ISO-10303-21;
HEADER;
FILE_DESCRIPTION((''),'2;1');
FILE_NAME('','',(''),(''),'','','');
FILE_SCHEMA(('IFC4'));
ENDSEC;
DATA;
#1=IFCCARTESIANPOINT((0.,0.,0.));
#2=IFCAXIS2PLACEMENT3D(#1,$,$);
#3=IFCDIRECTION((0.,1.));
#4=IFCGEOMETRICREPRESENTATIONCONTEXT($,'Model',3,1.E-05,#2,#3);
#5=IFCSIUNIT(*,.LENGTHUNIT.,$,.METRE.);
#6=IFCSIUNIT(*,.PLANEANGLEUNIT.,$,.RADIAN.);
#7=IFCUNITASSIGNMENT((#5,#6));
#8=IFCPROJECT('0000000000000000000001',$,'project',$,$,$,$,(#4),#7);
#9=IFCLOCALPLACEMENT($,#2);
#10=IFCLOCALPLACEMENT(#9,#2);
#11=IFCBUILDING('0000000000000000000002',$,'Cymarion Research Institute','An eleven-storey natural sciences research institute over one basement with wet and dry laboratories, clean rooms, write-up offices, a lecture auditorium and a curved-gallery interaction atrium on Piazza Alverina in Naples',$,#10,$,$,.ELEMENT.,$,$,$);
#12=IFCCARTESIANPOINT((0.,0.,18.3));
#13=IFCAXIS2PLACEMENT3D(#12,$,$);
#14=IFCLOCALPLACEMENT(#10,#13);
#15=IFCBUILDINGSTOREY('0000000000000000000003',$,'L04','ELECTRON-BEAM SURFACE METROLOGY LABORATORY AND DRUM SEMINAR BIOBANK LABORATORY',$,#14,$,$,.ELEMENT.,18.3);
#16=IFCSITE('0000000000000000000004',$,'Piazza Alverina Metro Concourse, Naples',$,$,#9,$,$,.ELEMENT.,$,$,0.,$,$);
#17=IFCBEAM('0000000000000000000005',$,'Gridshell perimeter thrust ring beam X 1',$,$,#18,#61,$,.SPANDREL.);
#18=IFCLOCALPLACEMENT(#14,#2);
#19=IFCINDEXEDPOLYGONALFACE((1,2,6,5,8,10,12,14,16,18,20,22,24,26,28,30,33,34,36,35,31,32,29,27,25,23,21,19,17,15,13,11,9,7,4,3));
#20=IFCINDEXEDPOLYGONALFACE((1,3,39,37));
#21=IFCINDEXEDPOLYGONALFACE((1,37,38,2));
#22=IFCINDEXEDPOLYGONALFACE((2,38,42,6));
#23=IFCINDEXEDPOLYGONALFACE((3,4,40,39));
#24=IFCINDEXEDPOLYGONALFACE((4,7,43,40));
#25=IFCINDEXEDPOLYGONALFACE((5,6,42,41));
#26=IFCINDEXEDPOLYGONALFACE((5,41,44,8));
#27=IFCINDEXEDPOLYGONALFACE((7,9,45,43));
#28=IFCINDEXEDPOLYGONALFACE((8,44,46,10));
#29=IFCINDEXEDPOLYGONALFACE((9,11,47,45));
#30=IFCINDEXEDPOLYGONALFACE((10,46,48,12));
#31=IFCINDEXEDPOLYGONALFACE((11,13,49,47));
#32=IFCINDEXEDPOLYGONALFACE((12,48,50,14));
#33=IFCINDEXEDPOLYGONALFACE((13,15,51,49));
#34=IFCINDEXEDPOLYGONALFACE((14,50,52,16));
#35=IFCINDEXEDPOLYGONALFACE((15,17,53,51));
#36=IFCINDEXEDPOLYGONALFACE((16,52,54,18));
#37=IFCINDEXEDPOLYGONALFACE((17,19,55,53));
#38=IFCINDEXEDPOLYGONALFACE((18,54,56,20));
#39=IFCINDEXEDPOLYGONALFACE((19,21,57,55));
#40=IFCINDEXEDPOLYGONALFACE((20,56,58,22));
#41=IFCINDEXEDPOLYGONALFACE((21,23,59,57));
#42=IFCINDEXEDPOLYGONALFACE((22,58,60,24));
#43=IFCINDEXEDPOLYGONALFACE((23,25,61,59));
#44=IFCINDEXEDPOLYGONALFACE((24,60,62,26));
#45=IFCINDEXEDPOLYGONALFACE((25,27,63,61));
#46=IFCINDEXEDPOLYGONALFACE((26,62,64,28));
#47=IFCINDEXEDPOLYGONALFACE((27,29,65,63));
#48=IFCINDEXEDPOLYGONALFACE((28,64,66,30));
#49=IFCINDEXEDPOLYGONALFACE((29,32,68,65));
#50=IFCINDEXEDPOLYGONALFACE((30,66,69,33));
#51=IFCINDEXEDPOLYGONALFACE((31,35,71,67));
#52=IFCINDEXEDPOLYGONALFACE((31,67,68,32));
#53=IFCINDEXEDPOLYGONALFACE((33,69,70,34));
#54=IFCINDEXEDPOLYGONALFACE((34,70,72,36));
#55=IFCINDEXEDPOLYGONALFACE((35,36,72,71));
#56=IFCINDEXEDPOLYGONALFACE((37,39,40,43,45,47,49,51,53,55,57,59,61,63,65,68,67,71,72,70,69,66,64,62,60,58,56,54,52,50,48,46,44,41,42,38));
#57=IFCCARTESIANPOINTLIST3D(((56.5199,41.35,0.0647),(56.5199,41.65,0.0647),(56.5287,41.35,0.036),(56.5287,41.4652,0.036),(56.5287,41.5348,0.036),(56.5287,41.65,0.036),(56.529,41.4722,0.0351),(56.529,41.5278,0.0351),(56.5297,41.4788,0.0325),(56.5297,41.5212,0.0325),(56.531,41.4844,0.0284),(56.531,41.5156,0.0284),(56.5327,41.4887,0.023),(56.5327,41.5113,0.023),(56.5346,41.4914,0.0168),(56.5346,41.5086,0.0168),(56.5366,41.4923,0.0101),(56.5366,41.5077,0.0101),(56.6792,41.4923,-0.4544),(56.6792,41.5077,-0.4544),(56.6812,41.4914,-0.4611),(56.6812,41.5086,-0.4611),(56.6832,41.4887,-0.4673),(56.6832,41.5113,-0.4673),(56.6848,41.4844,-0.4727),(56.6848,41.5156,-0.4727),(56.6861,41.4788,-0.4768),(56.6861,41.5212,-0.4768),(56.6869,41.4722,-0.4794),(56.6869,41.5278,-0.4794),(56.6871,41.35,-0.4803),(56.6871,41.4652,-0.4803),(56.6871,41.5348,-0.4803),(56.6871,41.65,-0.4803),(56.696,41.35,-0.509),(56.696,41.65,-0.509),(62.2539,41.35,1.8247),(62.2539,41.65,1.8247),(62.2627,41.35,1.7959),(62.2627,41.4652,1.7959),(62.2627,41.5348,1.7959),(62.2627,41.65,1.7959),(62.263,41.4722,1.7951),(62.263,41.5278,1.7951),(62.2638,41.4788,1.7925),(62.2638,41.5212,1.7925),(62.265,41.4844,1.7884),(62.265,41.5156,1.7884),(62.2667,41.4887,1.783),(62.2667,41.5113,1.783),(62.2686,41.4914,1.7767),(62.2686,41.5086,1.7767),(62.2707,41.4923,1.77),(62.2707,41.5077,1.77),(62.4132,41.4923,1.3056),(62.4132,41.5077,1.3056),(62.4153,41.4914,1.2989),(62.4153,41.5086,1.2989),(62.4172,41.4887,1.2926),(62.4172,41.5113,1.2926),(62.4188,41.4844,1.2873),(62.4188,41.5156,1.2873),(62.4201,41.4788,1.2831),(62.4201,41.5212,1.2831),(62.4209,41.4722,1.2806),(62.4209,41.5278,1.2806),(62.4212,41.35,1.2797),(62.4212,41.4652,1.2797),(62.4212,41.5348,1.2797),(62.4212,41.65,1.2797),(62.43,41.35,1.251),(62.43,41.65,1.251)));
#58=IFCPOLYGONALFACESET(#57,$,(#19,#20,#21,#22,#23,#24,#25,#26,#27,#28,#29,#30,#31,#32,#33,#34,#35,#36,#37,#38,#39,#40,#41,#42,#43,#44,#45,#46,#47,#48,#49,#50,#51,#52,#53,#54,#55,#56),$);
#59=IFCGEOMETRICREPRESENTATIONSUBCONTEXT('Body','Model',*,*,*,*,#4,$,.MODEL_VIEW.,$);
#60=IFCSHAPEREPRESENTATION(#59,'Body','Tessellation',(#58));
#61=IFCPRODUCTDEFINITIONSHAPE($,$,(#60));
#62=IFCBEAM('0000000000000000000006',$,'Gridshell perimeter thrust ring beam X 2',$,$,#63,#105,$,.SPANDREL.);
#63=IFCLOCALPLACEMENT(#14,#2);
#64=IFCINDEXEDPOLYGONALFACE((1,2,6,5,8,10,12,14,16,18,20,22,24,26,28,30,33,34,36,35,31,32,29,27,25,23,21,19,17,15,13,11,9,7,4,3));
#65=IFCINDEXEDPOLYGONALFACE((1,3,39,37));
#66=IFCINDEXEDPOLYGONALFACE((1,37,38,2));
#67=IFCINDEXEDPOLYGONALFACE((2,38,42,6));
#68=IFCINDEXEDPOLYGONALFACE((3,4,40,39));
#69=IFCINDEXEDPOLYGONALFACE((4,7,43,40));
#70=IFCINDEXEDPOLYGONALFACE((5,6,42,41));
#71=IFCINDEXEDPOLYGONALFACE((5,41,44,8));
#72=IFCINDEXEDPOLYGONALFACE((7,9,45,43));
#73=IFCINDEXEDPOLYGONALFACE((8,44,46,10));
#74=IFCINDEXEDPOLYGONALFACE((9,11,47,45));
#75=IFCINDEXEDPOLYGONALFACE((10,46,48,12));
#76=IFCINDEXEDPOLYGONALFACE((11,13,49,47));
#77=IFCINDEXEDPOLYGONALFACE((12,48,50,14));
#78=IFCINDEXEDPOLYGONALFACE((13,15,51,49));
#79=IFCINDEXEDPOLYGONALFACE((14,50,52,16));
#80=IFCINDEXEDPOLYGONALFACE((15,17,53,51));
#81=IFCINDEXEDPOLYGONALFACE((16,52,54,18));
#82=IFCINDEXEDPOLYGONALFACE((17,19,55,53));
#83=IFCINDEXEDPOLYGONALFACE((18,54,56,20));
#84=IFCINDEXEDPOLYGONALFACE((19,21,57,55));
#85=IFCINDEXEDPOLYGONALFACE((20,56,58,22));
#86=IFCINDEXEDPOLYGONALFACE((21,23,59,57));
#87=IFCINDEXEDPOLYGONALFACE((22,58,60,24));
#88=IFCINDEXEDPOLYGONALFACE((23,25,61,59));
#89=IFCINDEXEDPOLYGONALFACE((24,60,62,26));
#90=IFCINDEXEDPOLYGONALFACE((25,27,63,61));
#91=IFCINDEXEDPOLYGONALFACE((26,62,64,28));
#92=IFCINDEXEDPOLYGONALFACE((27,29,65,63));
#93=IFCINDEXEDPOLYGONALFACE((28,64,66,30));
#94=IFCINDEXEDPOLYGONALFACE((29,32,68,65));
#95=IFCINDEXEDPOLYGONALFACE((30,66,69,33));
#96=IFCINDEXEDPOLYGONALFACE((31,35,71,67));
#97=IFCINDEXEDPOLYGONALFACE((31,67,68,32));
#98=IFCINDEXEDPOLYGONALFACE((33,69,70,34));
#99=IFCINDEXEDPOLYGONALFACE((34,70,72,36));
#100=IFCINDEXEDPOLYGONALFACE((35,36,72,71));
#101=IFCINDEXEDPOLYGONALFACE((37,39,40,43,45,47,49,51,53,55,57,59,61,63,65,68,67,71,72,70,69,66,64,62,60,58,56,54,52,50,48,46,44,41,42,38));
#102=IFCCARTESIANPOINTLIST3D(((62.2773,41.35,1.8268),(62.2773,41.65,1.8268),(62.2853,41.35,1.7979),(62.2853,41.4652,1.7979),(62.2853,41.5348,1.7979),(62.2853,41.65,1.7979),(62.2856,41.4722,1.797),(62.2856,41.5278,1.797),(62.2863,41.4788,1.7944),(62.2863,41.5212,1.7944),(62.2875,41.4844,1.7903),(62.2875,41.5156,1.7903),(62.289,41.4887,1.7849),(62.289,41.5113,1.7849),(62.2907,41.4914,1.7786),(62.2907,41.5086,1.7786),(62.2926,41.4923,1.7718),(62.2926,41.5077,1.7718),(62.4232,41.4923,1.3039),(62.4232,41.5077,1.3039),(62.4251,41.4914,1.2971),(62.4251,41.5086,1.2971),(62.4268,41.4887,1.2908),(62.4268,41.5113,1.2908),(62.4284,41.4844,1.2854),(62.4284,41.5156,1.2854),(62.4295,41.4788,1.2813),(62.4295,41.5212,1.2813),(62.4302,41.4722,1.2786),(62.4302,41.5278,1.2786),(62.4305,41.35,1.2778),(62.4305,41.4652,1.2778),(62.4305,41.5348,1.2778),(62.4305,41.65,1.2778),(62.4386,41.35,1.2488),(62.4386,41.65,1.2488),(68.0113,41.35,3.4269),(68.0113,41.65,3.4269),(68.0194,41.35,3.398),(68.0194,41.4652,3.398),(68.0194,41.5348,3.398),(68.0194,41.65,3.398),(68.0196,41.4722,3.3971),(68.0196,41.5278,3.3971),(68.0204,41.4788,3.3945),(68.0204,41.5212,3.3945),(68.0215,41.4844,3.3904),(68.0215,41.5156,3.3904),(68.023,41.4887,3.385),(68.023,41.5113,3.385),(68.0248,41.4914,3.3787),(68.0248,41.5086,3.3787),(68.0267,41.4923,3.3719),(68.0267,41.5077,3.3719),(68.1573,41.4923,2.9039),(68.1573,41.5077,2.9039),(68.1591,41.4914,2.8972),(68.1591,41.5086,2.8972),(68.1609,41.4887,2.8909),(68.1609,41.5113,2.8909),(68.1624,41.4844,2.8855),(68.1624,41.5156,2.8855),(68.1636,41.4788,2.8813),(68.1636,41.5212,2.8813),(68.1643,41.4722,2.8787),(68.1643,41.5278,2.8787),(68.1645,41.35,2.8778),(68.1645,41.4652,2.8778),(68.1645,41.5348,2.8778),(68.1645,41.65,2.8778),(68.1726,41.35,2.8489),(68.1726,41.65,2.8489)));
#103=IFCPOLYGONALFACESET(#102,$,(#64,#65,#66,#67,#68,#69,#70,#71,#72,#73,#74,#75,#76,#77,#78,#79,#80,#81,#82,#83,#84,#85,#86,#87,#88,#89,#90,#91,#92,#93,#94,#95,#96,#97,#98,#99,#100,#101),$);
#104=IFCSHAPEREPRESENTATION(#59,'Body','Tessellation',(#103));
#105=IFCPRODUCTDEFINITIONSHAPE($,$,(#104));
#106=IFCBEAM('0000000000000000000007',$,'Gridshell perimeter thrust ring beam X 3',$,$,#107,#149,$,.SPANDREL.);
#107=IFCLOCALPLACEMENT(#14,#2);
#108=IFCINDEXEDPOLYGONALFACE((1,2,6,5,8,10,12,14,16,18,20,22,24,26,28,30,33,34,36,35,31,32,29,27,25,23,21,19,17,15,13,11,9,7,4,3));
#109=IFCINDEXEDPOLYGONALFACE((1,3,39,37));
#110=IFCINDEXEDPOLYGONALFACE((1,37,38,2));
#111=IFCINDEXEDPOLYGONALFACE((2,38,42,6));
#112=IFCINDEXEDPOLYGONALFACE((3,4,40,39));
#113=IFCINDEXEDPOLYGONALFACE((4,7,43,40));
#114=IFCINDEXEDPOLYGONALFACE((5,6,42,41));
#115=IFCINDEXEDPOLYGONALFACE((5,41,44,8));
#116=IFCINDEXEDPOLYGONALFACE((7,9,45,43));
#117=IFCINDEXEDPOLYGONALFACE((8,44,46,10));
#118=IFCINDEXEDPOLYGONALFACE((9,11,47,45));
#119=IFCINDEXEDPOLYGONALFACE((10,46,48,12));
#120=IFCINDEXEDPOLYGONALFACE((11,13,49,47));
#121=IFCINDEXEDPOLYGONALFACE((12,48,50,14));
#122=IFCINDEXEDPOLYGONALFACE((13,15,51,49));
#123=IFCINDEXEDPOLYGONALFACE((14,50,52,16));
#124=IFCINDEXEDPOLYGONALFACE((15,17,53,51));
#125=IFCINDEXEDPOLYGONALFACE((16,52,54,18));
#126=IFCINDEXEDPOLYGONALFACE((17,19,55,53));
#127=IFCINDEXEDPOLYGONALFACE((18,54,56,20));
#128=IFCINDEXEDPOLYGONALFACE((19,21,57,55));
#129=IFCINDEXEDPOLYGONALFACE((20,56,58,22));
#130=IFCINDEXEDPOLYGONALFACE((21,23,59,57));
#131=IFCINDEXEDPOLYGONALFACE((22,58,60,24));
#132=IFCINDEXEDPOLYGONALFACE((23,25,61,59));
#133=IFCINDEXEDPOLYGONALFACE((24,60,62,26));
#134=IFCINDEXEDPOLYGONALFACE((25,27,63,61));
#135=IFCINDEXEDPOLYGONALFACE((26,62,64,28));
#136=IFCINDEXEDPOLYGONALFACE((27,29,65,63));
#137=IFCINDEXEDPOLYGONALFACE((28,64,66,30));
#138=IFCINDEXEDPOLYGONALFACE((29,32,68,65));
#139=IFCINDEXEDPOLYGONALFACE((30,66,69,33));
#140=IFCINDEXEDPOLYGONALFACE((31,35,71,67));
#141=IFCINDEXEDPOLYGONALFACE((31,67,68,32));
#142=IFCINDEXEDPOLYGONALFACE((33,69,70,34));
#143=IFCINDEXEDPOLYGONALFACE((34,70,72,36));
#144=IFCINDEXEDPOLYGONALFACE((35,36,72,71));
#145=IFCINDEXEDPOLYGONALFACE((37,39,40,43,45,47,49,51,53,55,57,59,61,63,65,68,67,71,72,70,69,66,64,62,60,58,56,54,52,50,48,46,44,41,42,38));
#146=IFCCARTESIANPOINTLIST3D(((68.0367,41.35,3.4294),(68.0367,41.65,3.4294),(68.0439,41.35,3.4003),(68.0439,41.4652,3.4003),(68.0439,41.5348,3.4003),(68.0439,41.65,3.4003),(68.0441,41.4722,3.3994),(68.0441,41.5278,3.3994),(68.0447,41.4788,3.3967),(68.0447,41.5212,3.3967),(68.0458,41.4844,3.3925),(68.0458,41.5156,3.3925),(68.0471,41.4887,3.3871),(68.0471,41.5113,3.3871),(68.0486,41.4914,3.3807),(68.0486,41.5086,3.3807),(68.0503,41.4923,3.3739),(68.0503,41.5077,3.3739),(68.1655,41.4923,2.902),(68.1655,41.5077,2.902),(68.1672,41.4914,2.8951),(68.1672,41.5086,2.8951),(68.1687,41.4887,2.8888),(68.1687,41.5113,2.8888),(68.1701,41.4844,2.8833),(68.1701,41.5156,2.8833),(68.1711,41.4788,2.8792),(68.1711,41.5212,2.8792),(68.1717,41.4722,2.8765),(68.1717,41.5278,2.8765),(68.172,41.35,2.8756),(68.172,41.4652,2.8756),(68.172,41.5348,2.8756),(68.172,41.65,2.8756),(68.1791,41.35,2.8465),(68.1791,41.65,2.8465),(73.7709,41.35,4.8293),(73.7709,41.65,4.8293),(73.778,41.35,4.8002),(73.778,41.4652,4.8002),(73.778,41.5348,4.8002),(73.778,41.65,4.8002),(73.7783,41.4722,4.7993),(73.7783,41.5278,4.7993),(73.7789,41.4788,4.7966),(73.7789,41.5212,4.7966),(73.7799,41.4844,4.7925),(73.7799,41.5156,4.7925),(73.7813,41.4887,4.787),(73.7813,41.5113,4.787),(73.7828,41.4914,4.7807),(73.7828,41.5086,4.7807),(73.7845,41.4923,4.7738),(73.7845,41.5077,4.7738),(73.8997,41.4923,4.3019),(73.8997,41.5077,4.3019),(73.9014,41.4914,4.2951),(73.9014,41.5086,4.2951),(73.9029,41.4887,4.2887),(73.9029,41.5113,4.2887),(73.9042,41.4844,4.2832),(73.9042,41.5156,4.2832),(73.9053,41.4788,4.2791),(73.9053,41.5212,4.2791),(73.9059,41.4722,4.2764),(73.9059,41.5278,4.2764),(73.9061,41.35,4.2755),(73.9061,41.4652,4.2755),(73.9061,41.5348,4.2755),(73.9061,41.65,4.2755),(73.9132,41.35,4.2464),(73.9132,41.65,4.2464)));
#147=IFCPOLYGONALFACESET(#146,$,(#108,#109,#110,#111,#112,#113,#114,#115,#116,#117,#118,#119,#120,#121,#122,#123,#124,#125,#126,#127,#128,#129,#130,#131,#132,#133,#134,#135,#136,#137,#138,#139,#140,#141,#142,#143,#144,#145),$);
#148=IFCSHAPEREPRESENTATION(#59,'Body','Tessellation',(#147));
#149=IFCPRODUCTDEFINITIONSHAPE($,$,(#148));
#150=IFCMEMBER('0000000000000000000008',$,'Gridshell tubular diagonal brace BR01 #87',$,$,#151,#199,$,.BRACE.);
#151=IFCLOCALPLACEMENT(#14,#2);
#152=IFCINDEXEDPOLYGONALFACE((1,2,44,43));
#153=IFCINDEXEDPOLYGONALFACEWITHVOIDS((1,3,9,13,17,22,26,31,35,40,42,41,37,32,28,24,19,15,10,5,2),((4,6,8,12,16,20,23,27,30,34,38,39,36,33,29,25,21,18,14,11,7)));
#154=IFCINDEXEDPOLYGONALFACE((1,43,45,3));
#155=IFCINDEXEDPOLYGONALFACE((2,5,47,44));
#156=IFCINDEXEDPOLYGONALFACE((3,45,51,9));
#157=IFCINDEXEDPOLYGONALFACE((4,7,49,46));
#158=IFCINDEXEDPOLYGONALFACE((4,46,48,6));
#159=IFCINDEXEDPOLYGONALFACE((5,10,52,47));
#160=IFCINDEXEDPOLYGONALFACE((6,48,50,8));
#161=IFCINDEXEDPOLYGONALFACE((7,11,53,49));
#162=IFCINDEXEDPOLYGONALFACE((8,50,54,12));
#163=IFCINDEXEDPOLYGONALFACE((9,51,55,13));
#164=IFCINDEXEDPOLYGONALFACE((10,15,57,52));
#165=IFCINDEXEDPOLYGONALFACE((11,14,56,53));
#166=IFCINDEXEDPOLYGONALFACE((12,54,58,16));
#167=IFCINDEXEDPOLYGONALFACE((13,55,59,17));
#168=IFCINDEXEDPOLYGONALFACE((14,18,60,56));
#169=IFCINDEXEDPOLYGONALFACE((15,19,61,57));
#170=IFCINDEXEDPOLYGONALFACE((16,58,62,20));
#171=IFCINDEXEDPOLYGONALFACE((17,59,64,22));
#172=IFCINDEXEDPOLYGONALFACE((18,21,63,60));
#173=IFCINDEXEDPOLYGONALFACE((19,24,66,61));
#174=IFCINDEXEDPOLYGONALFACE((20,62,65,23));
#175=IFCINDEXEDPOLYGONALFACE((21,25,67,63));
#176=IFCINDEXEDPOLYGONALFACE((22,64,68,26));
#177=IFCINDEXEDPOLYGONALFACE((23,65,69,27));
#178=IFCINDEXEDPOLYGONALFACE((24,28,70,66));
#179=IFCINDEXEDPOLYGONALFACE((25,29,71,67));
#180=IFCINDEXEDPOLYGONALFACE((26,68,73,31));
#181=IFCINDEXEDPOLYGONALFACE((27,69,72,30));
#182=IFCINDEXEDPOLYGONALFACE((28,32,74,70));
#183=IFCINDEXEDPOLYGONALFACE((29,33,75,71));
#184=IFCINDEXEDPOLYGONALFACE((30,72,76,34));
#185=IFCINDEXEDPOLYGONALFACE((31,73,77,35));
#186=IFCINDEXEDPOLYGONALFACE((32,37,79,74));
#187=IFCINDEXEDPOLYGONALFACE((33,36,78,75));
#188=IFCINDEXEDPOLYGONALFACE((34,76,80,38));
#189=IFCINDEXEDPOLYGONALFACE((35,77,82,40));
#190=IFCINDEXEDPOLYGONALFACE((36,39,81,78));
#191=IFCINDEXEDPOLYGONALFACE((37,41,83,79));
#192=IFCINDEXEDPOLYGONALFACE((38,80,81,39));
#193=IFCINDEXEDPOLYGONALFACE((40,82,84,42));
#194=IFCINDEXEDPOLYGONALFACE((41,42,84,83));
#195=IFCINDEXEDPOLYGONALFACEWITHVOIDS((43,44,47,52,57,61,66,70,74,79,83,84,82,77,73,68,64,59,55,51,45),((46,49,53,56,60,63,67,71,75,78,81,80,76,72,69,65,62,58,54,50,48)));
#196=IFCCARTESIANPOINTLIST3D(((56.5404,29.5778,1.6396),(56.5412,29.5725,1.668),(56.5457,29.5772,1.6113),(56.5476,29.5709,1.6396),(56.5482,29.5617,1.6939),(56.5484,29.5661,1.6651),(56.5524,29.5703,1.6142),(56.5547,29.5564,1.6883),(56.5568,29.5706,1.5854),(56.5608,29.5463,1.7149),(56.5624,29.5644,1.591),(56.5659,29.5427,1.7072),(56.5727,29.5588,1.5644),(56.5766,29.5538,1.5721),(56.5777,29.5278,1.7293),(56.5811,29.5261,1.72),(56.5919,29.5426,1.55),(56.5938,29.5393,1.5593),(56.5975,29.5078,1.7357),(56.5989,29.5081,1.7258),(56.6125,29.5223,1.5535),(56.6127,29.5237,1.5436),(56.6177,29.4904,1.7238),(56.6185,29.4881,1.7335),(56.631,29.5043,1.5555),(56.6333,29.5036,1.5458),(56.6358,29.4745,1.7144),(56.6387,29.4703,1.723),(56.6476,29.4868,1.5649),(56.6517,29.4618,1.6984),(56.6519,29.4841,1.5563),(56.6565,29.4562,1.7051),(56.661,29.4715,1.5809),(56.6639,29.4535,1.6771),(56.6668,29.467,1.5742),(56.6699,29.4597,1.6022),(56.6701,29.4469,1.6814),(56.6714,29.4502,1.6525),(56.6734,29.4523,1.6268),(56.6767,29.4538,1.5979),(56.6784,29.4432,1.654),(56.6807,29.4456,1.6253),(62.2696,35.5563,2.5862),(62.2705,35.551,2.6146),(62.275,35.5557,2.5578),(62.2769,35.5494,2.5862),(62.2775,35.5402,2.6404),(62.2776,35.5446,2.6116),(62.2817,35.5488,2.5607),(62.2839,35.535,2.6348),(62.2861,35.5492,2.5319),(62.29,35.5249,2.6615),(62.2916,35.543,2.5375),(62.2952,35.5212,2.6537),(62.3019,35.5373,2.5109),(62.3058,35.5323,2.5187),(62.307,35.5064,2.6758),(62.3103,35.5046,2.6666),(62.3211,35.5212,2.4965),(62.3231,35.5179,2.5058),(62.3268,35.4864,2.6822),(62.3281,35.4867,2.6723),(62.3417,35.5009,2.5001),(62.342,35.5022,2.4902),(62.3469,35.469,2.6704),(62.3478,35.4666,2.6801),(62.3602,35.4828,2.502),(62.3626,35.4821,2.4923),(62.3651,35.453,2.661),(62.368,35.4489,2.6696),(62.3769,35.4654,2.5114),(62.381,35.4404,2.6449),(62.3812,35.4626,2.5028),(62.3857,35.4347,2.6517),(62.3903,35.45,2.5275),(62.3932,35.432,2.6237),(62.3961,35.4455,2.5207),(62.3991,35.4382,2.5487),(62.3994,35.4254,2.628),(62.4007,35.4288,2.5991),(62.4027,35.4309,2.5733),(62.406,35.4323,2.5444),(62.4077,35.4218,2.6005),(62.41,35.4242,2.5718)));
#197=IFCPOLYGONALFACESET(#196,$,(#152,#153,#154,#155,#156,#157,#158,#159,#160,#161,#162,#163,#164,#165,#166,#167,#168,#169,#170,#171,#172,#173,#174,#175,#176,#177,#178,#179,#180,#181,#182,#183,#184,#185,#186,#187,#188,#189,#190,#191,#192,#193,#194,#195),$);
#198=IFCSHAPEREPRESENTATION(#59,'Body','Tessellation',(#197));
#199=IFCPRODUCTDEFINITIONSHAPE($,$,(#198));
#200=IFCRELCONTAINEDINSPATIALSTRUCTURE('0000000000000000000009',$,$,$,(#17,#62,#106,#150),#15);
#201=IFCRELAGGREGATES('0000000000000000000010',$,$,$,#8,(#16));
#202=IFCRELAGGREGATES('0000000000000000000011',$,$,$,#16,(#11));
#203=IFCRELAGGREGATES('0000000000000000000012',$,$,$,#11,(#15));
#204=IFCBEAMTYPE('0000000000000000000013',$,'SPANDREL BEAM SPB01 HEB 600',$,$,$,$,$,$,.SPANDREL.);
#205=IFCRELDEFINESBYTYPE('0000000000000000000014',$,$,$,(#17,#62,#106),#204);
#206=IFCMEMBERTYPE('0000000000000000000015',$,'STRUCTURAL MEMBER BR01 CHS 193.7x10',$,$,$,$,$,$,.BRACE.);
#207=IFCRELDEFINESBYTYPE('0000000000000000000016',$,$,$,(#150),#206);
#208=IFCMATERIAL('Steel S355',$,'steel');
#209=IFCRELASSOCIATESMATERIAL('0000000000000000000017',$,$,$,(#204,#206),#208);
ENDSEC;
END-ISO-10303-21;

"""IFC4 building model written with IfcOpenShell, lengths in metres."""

from ifc_helpers import new_model, si_unit, direction, frame, origin, origin_2d, place, context, subcontext, project, spatial, hollow_circle, i_section, extrude, material, material_profile, profile_set, type_object, element, save


model = new_model("IFC4")

# Units and contexts
model_context = context("Model", 3, precision=1e-05, world=origin(), true_north=direction((0.0, 1.0)))
body_context = subcontext(model_context, "Body", "Model", "MODEL_VIEW")
ifc_project = project(units=[si_unit("LENGTHUNIT", "METRE"), si_unit("PLANEANGLEUNIT", "RADIAN")], contexts=[model_context])

# Site, building, storey
site_placement = place(None, origin())
site = spatial("IfcSite", under=ifc_project, at=site_placement, Name="Piazza Alverina Metro Concourse, Naples", CompositionType="ELEMENT", RefElevation=0.0)
building_placement = place(site_placement, origin())
building = spatial("IfcBuilding", under=site, at=building_placement, Name="Cymarion Research Institute", Description="An eleven-storey natural sciences research institute over one basement with wet and dry laboratories, clean rooms, write-up offices, a lecture auditorium and a curved-gallery interaction atrium on Piazza Alverina in Naples", CompositionType="ELEMENT")
storey_placement = place(building_placement, frame((0.0, 0.0, 18.3)))
storey = spatial("IfcBuildingStorey", under=building, at=storey_placement, Name="L04", Description="ELECTRON-BEAM SURFACE METROLOGY LABORATORY AND DRUM SEMINAR BIOBANK LABORATORY", CompositionType="ELEMENT", Elevation=18.3)

# Beams
ifc_material_1 = material(Name="Steel S355", Category="steel")
ifc_material_profile_1 = material_profile(ifc_material_1, i_section(OverallWidth=0.3, OverallDepth=0.6001, WebThickness=0.0154, FlangeThickness=0.03, FilletRadius=0.0271, at=origin_2d()), Name="HEB 600")
ifc_profile_set_1 = profile_set([ifc_material_profile_1], Name="Steel S355")
beam_type = type_object("IfcBeamType", Name="SPANDREL BEAM SPB01 HEB 600", PredefinedType="SPANDREL", material=ifc_profile_set_1)
beam_1_placement = place(storey_placement, frame((56.6079, 41.5, -0.2222), z_axis=(0.955982, 0.0, 0.293425), x_axis=(0.0, 1.0, 0.0)))
element("IfcBeam", 1, at=beam_1_placement, inside=storey, type_object=beam_type, Name="Gridshell perimeter thrust ring beam X 1", PredefinedType="SPANDREL", context=body_context, shape_type="SweptSolid", body=[
    extrude(i_section(OverallWidth=0.3, OverallDepth=0.6001, WebThickness=0.0154, FlangeThickness=0.03, FilletRadius=0.0271, at=origin_2d()), origin(), (0.0, 0.0, 1.0), 5.998),
])
beam_2_placement = place(storey_placement, frame((62.3579, 41.5, 1.5378), z_axis=(0.963202, 0.0, 0.26878), x_axis=(0.0, 1.0, 0.0)))
element("IfcBeam", 2, at=beam_2_placement, inside=storey, type_object=beam_type, Name="Gridshell perimeter thrust ring beam X 2", PredefinedType="SPANDREL", context=body_context, shape_type="SweptSolid", body=[
    extrude(i_section(OverallWidth=0.3, OverallDepth=0.6001, WebThickness=0.0154, FlangeThickness=0.03, FilletRadius=0.0271, at=origin_2d()), origin(), (0.0, 0.0, 1.0), 5.9531),
])
beam_3_placement = place(storey_placement, frame((68.1079, 41.5, 3.1379), z_axis=(0.971468, 0.0, 0.237169), x_axis=(0.0, 1.0, 0.0)))
element("IfcBeam", 3, at=beam_3_placement, inside=storey, type_object=beam_type, Name="Gridshell perimeter thrust ring beam X 3", PredefinedType="SPANDREL", context=body_context, shape_type="SweptSolid", body=[
    extrude(i_section(OverallWidth=0.3, OverallDepth=0.6001, WebThickness=0.0154, FlangeThickness=0.03, FilletRadius=0.0271, at=origin_2d()), origin(), (0.0, 0.0, 1.0), 5.9026),
])

# Member
ifc_material_profile_2 = material_profile(ifc_material_1, hollow_circle(Radius=0.0969, WallThickness=0.01, at=origin_2d()), Name="CHS 193.7x10")
ifc_profile_set_2 = profile_set([ifc_material_profile_2], Name="Steel S355")
member_type_1 = type_object("IfcMemberType", Name="STRUCTURAL MEMBER BR01 CHS 193.7x10", PredefinedType="BRACE", material=ifc_profile_set_2)
member_1_placement = place(storey_placement, frame((56.6104, 29.5107, 1.6396), z_axis=(0.687419, 0.717327, 0.113569), x_axis=(-0.721998, 0.691895, 0.0)))
element("IfcMember", 4, at=member_1_placement, inside=storey, type_object=member_type_1, Name="Gridshell tubular diagonal brace BR01 #87", PredefinedType="BRACE", context=body_context, shape_type="SweptSolid", body=[
    extrude(hollow_circle(Radius=0.0969, WallThickness=0.01, at=origin_2d()), origin(), (0.0, 0.0, 1.0), 8.3345),
])

save(model, "model.ifc")
